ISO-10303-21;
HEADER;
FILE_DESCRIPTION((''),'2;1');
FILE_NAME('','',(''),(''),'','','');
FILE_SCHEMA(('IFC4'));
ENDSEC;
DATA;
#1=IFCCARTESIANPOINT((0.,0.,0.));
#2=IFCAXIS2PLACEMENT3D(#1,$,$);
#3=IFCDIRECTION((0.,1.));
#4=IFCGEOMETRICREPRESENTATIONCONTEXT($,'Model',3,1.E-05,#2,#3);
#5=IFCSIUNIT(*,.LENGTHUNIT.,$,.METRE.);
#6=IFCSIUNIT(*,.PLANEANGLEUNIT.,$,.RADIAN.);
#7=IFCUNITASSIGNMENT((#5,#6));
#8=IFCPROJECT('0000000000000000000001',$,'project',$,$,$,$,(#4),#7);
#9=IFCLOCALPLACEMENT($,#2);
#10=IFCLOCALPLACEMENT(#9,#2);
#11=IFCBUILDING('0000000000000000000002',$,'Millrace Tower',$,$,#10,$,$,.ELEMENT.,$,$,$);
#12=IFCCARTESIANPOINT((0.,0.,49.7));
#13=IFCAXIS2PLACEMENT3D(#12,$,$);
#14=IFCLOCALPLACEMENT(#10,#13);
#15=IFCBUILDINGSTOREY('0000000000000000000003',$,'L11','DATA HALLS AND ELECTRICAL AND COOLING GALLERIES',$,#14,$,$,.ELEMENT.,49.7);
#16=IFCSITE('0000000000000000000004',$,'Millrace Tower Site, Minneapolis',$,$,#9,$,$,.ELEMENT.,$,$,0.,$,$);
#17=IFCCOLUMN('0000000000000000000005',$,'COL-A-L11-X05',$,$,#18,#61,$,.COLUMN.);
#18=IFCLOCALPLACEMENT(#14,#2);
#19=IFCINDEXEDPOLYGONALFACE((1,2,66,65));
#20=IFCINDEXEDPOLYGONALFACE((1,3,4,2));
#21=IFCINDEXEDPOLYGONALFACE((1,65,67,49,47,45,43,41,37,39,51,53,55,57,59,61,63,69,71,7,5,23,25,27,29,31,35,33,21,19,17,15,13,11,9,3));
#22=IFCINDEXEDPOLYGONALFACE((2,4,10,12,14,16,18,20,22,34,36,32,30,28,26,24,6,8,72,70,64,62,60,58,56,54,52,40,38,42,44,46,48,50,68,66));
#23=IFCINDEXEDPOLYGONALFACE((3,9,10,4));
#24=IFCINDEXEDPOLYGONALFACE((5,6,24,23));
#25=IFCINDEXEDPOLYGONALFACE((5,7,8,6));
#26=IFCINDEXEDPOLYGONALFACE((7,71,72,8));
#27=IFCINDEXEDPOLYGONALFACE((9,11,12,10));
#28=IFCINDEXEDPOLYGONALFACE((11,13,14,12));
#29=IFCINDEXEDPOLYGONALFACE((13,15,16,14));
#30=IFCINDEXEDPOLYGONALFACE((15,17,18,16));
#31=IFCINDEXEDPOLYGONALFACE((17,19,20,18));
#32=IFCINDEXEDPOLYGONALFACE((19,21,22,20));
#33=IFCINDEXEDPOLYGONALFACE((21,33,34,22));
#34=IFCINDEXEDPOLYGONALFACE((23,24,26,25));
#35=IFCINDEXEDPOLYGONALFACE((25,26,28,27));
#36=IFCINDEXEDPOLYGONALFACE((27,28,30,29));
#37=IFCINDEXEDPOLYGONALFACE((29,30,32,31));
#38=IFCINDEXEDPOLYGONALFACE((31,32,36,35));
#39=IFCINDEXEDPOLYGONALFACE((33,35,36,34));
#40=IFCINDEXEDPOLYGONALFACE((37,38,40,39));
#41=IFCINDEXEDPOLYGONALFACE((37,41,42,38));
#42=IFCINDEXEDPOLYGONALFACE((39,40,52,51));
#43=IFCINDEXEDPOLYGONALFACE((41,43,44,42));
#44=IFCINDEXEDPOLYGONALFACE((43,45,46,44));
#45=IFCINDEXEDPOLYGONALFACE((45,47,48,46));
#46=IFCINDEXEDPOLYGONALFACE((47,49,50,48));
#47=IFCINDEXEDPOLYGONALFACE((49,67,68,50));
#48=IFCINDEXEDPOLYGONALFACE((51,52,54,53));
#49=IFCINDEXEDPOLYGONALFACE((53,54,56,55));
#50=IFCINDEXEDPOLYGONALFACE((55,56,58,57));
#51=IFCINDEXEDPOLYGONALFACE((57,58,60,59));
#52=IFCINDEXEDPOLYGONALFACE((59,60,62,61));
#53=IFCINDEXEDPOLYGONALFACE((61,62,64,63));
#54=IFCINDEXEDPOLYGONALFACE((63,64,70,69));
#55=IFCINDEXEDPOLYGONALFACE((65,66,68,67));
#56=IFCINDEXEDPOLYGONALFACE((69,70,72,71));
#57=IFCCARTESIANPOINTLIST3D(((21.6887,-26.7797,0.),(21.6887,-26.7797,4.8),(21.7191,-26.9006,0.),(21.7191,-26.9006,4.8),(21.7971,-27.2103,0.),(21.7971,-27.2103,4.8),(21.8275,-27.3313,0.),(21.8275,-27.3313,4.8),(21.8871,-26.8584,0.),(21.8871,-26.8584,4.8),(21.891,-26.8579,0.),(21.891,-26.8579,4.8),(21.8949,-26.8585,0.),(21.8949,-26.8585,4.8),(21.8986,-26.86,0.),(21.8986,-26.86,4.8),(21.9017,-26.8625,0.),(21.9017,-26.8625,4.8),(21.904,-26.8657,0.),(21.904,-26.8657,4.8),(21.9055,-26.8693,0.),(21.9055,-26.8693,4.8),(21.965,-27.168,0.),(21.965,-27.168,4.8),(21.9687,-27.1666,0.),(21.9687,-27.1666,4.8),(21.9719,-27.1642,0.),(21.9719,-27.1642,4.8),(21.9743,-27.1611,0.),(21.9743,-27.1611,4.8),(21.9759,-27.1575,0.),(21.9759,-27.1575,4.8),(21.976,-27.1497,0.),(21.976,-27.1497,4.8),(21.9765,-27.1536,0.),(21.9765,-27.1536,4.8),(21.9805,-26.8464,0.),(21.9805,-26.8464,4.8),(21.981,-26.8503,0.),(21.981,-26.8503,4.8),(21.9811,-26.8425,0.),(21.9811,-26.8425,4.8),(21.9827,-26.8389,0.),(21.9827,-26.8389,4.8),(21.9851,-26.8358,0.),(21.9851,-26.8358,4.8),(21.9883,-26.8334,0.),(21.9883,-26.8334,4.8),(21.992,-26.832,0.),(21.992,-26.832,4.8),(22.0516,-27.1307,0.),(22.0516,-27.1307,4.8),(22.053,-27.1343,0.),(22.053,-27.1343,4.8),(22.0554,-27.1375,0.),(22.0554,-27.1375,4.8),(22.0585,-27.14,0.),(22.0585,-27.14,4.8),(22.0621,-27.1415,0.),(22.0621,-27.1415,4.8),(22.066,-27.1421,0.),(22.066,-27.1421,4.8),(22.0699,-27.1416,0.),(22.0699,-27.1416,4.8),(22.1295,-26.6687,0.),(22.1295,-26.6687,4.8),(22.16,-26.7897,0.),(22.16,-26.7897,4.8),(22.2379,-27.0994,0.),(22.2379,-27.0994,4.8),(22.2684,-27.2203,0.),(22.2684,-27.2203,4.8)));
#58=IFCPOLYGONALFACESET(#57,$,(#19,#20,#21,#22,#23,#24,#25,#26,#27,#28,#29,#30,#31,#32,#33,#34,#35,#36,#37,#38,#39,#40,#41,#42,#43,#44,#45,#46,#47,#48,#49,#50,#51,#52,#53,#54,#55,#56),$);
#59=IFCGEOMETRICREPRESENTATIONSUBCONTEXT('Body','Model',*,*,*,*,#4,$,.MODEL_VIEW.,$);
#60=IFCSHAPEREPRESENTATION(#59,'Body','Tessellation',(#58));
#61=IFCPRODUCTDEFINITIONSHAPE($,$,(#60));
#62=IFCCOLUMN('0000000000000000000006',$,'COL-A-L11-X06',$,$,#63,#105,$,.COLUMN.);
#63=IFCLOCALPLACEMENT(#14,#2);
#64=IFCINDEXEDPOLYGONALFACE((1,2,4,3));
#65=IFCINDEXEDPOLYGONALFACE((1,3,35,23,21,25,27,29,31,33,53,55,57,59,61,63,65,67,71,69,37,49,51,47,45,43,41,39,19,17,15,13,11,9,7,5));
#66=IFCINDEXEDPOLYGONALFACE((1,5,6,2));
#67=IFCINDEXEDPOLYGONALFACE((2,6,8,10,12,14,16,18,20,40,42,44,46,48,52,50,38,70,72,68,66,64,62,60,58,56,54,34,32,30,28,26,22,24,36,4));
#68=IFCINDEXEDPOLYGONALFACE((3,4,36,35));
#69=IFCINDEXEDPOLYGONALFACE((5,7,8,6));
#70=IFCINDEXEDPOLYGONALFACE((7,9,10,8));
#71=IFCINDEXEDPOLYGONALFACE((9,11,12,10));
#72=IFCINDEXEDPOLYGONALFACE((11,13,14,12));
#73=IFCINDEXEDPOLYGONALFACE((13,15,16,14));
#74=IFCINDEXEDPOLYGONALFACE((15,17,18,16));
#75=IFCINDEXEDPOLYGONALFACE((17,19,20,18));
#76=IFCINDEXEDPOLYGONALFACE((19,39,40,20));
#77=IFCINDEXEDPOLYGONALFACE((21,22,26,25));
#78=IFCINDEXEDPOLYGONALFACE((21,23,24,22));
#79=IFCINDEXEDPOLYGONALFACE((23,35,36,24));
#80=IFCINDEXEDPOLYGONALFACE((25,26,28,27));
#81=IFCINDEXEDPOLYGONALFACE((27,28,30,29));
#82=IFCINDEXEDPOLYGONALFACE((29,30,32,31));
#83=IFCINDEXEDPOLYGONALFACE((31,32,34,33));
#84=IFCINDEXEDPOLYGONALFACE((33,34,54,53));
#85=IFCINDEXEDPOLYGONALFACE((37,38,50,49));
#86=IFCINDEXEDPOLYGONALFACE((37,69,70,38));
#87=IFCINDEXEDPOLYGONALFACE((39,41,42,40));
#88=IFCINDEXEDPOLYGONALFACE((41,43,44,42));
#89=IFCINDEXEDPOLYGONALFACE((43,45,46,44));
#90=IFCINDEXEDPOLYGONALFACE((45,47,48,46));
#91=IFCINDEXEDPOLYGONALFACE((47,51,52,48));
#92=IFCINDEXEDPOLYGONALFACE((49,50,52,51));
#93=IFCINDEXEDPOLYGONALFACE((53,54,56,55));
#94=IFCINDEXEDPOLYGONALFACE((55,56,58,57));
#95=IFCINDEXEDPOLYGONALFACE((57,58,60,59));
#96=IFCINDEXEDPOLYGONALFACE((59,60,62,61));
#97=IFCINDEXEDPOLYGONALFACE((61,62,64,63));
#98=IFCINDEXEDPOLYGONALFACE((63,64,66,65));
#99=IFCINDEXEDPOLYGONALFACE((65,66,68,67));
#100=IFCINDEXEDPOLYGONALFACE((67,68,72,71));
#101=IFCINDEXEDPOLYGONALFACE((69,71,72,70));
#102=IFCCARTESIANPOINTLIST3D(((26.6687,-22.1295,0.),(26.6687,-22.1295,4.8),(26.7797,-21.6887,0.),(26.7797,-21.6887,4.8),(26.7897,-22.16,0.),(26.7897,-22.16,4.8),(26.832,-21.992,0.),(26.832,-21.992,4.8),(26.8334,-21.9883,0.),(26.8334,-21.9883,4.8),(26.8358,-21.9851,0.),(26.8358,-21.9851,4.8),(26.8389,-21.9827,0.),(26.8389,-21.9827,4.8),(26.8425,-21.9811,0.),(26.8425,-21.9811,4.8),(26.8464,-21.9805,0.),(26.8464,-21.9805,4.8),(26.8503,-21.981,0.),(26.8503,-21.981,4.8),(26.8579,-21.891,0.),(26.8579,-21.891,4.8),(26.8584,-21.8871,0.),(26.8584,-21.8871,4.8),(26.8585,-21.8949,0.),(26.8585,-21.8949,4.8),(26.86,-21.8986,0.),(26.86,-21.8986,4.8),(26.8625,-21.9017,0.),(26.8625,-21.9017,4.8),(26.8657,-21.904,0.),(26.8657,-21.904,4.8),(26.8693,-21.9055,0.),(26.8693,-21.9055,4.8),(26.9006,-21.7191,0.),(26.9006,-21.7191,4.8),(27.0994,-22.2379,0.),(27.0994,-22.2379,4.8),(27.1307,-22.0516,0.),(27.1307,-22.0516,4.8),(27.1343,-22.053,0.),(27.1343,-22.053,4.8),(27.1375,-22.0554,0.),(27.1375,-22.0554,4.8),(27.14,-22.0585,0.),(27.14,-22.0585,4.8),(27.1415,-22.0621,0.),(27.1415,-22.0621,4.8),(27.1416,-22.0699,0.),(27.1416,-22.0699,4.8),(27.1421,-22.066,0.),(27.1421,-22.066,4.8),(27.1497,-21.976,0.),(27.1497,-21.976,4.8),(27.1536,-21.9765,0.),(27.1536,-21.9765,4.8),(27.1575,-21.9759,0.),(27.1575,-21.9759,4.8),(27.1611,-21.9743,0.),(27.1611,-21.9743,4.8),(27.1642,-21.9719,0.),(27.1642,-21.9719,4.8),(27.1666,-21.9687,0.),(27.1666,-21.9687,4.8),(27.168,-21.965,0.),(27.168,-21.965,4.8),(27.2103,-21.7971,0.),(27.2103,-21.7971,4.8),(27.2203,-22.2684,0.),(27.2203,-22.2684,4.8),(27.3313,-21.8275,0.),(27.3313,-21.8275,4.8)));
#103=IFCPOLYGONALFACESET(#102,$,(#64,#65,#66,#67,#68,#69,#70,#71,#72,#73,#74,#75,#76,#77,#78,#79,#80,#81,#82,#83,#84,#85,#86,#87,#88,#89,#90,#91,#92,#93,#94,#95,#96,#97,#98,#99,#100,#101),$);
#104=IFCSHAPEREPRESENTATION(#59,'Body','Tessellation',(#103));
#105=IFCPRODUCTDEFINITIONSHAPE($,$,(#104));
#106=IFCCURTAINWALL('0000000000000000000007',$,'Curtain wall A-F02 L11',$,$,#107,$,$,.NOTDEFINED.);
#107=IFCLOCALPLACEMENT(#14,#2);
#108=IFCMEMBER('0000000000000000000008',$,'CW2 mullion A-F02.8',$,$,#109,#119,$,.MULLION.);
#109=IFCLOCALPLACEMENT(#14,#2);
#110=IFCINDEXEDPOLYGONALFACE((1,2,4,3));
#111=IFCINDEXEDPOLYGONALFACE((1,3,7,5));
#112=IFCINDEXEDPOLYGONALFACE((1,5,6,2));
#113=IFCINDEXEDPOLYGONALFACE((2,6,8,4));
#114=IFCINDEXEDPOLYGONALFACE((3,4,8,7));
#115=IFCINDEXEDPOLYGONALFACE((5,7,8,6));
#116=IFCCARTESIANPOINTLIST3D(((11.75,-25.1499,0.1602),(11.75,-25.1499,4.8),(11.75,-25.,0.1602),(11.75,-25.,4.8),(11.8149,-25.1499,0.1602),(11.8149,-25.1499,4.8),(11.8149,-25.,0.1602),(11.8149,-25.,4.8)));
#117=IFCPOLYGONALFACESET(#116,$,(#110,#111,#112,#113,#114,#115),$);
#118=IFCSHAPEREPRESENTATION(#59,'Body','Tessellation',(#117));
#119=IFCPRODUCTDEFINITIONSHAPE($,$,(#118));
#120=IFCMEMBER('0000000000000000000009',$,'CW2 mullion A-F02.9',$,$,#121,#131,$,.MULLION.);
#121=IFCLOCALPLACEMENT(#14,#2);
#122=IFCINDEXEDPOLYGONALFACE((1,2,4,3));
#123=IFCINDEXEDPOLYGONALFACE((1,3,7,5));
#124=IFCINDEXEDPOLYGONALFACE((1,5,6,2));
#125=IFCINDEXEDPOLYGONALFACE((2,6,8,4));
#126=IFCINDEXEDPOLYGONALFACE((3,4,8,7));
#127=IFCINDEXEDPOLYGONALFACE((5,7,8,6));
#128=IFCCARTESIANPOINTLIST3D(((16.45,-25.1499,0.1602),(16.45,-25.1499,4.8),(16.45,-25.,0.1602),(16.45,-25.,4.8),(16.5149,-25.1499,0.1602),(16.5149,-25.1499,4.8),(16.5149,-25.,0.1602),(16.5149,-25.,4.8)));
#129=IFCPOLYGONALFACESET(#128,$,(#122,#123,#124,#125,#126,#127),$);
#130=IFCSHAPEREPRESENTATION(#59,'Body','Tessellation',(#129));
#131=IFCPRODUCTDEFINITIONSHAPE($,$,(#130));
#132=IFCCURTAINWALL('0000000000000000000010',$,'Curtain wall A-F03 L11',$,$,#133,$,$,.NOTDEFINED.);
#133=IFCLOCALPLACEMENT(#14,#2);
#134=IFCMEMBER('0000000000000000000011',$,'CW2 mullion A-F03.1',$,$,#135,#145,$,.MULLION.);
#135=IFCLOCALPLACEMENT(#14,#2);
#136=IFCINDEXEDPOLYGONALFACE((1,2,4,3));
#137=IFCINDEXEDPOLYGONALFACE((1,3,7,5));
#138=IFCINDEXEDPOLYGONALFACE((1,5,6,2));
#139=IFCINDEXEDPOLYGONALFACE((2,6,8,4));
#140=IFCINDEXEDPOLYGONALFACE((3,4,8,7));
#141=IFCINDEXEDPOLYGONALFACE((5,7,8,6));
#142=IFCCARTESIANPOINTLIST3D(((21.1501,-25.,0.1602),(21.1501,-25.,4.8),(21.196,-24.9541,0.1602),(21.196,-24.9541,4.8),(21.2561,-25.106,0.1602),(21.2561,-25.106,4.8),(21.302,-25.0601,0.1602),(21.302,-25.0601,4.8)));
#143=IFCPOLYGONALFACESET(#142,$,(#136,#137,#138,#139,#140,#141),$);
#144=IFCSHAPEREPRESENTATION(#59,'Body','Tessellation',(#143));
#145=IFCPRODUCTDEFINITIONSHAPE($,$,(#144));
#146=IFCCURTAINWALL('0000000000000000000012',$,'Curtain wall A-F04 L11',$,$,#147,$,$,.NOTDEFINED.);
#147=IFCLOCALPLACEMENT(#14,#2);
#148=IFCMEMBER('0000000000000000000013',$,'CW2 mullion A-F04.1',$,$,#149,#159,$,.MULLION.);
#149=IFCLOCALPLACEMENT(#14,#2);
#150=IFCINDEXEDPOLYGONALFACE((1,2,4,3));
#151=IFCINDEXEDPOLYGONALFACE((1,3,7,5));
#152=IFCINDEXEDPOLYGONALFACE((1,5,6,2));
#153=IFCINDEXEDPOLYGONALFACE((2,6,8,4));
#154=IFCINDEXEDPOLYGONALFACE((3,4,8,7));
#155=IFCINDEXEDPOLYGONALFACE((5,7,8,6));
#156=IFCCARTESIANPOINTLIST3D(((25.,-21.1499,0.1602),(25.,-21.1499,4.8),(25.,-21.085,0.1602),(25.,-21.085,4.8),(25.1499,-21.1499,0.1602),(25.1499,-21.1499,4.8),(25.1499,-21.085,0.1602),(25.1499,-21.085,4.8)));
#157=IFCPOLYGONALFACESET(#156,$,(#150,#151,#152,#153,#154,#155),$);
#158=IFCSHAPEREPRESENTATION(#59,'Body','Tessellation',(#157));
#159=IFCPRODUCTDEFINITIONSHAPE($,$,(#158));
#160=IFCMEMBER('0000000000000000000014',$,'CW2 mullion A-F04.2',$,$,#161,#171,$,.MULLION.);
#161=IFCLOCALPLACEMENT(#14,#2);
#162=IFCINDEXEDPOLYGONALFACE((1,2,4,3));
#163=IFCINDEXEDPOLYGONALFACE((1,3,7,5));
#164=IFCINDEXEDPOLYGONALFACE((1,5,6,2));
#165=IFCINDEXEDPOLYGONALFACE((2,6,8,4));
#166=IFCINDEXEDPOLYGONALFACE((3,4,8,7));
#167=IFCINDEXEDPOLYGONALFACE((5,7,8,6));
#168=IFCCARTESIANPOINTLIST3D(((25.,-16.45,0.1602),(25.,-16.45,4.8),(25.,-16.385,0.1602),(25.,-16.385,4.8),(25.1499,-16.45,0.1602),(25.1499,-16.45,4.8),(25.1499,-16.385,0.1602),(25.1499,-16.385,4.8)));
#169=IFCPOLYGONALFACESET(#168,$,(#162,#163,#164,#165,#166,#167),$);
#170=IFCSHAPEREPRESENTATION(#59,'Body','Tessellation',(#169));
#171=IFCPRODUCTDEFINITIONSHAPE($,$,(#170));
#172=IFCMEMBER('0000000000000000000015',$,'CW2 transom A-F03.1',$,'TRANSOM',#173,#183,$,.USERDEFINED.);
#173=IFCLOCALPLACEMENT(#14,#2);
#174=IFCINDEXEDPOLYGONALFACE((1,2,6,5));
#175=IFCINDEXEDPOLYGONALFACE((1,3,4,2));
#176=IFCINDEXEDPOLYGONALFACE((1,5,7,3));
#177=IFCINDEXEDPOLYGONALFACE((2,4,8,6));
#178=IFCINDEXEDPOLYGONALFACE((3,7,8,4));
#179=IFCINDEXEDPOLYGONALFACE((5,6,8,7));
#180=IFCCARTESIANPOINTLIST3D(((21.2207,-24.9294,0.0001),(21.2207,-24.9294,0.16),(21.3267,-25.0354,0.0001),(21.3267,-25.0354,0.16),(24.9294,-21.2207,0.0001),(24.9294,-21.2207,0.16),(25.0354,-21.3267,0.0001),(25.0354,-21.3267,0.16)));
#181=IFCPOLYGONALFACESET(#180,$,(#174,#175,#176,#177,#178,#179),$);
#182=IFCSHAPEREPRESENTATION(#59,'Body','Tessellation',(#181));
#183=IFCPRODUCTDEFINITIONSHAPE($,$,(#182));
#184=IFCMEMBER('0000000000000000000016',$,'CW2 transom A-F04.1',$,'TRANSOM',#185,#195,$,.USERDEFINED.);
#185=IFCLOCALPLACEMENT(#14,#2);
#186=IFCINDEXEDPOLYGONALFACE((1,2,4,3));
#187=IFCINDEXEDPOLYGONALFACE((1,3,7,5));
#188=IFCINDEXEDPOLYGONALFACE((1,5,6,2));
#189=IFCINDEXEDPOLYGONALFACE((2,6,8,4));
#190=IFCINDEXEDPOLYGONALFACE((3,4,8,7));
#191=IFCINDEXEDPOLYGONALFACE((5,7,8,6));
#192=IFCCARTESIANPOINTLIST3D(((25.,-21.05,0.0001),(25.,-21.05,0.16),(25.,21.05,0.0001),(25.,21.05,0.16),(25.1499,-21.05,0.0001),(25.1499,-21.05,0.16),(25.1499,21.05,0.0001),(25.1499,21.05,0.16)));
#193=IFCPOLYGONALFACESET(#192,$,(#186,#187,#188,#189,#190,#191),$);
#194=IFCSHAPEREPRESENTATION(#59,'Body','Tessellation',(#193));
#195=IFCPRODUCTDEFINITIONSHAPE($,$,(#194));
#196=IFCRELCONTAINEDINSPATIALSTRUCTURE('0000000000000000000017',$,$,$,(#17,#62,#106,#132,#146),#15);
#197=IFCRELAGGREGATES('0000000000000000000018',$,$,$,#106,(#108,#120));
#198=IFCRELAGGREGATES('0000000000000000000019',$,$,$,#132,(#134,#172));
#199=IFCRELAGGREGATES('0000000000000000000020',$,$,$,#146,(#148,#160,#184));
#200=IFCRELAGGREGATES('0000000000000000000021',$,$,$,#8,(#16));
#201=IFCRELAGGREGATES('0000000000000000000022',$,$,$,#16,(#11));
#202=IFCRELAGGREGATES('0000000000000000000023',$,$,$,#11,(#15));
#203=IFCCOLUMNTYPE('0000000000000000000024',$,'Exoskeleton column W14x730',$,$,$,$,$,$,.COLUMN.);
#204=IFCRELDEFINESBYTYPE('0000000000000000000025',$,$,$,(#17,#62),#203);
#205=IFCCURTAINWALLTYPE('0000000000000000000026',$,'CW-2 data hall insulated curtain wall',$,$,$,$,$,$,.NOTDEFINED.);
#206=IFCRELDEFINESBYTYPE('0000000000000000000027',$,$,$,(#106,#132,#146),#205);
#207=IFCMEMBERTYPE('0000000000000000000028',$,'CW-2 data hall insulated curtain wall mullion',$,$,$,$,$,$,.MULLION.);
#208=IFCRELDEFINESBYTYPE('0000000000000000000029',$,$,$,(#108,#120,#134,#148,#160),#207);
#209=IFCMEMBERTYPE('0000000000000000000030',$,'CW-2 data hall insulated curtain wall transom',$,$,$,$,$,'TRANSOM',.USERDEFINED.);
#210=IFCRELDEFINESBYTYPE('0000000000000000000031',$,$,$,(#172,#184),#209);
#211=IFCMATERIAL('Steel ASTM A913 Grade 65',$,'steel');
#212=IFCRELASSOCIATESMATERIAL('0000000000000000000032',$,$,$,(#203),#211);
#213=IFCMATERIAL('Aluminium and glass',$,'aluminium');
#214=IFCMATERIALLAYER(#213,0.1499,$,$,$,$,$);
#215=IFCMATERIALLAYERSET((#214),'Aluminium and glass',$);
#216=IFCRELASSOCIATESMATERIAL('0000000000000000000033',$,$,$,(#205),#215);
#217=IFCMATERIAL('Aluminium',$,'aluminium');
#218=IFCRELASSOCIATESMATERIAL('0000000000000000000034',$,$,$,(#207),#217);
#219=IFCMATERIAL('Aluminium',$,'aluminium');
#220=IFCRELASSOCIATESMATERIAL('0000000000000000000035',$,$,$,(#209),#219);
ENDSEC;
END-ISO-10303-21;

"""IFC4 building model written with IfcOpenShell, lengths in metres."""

from ifc_helpers import new_model, si_unit, direction, frame, origin, origin_2d, place, context, subcontext, project, spatial, rectangle, i_section, extrude, material, layer, layer_set, material_profile, profile_set, type_object, element, aggregate, save


model = new_model("IFC4")

# Units and contexts
model_context = context("Model", 3, precision=1e-05, world=origin(), true_north=direction((0.0, 1.0)))
body_context = subcontext(model_context, "Body", "Model", "MODEL_VIEW")
ifc_project = project(units=[si_unit("LENGTHUNIT", "METRE"), si_unit("PLANEANGLEUNIT", "RADIAN")], contexts=[model_context])

# Site, building, storey
site_placement = place(None, origin())
site = spatial("IfcSite", under=ifc_project, at=site_placement, Name="Millrace Tower Site, Minneapolis", CompositionType="ELEMENT", RefElevation=0.0)
building_placement = place(site_placement, origin())
building = spatial("IfcBuilding", under=site, at=building_placement, Name="Millrace Tower", CompositionType="ELEMENT")
storey_placement = place(building_placement, frame((0.0, 0.0, 49.7)))
storey = spatial("IfcBuildingStorey", under=building, at=storey_placement, Name="L11", Description="DATA HALLS AND ELECTRICAL AND COOLING GALLERIES", CompositionType="ELEMENT", Elevation=49.7)

# Columns
ifc_material_1 = material(Name="Steel ASTM A913 Grade 65", Category="steel")
ifc_material_profile_1 = material_profile(ifc_material_1, i_section(OverallWidth=0.4546, OverallDepth=0.5688, WebThickness=0.0779, FlangeThickness=0.1248, FilletRadius=0.0151, at=origin_2d()))
ifc_profile_set_1 = profile_set([ifc_material_profile_1], Name="Steel ASTM A913 Grade 65")
column_type = type_object("IfcColumnType", Name="Exoskeleton column W14x730", PredefinedType="COLUMN", material=ifc_profile_set_1)
for number, where, z_axis, x_axis, name in (
    (1, (21.9785, -27.0, 0.0), (0.0, 0.0, 1.0), (0.969752, 0.244094, 0.0), "COL-A-L11-X05"),
    (2, (27.0, -21.9785, 0.0), (0.0, 0.0, 1.0), (0.244094, 0.969752, 0.0), "COL-A-L11-X06"),
):
    element("IfcColumn", number, at=place(storey_placement, frame(where, z_axis=z_axis, x_axis=x_axis)), inside=storey, type_object=column_type, Name=name, PredefinedType="COLUMN", context=body_context, shape_type="SweptSolid", body=[
        extrude(i_section(OverallWidth=0.4546, OverallDepth=0.5688, WebThickness=0.0779, FlangeThickness=0.1248, FilletRadius=0.0151, at=origin_2d()), origin(), (0.0, 0.0, 1.0), 4.8),
    ])

# Curtain wall, members
ifc_material_2 = material(Name="Aluminium and glass", Category="aluminium")
ifc_layer_1 = layer(ifc_material_2, 0.1499)
ifc_layer_set_1 = layer_set([ifc_layer_1], Name="Aluminium and glass")
curtain_wall_type = type_object("IfcCurtainWallType", Name="CW-2 data hall insulated curtain wall", PredefinedType="NOTDEFINED", material=ifc_layer_set_1)
placement = place(storey_placement, origin())
curtain_wall_1 = element("IfcCurtainWall", 3, at=placement, inside=storey, type_object=curtain_wall_type, Name="Curtain wall A-F02 L11", PredefinedType="NOTDEFINED")
ifc_material_3 = material(Name="Aluminium", Category="aluminium")
ifc_material_profile_2 = material_profile(ifc_material_3, rectangle(XDim=0.0649, YDim=0.1499, at=origin_2d()))
ifc_profile_set_2 = profile_set([ifc_material_profile_2], Name="Aluminium")
member_type_1 = type_object("IfcMemberType", Name="CW-2 data hall insulated curtain wall mullion", PredefinedType="MULLION", material=ifc_profile_set_2)
member_1_placement = place(storey_placement, frame((11.7825, -25.075, 0.1602), z_axis=(0.0, 0.0, 1.0), x_axis=(1.0, 0.0, 0.0)))
member_1 = element("IfcMember", 4, at=member_1_placement, type_object=member_type_1, Name="CW2 mullion A-F02.8", PredefinedType="MULLION", context=body_context, shape_type="SweptSolid", body=[
    extrude(rectangle(XDim=0.0649, YDim=0.1499, at=origin_2d()), origin(), (0.0, 0.0, 1.0), 4.6399),
])
member_2_placement = place(storey_placement, frame((16.4824, -25.075, 0.1602), z_axis=(0.0, 0.0, 1.0), x_axis=(1.0, 0.0, 0.0)))
member_2 = element("IfcMember", 5, at=member_2_placement, type_object=member_type_1, Name="CW2 mullion A-F02.9", PredefinedType="MULLION", context=body_context, shape_type="SweptSolid", body=[
    extrude(rectangle(XDim=0.0649, YDim=0.1499, at=origin_2d()), origin(), (0.0, 0.0, 1.0), 4.6399),
])
aggregate(curtain_wall_1, [member_1, member_2])

# Curtain wall, member
curtain_wall_2 = element("IfcCurtainWall", 6, at=placement, inside=storey, type_object=curtain_wall_type, Name="Curtain wall A-F03 L11", PredefinedType="NOTDEFINED")
member_3_placement = place(storey_placement, frame((21.2261, -25.03, 0.1602), z_axis=(0.0, 0.0, 1.0), x_axis=(0.707107, 0.707107, 0.0)))
member_3 = element("IfcMember", 7, at=member_3_placement, type_object=member_type_1, Name="CW2 mullion A-F03.1", PredefinedType="MULLION", context=body_context, shape_type="SweptSolid", body=[
    extrude(rectangle(XDim=0.0649, YDim=0.1499, at=origin_2d()), origin(), (0.0, 0.0, 1.0), 4.6399),
])

# Curtain wall, members
curtain_wall_3 = element("IfcCurtainWall", 8, at=placement, inside=storey, type_object=curtain_wall_type, Name="Curtain wall A-F04 L11", PredefinedType="NOTDEFINED")
member_4_placement = place(storey_placement, frame((25.075, -21.1174, 0.1602), z_axis=(0.0, 0.0, 1.0), x_axis=(0.0, 1.0, 0.0)))
member_4 = element("IfcMember", 9, at=member_4_placement, type_object=member_type_1, Name="CW2 mullion A-F04.1", PredefinedType="MULLION", context=body_context, shape_type="SweptSolid", body=[
    extrude(rectangle(XDim=0.0649, YDim=0.1499, at=origin_2d()), origin(), (0.0, 0.0, 1.0), 4.6399),
])
member_5_placement = place(storey_placement, frame((25.075, -16.4175, 0.1602), z_axis=(0.0, 0.0, 1.0), x_axis=(0.0, 1.0, 0.0)))
member_5 = element("IfcMember", 10, at=member_5_placement, type_object=member_type_1, Name="CW2 mullion A-F04.2", PredefinedType="MULLION", context=body_context, shape_type="SweptSolid", body=[
    extrude(rectangle(XDim=0.0649, YDim=0.1499, at=origin_2d()), origin(), (0.0, 0.0, 1.0), 4.6399),
])

# Members
ifc_material_4 = material(Name="Aluminium", Category="aluminium")
ifc_material_profile_3 = material_profile(ifc_material_4, rectangle(XDim=0.1499, YDim=0.1599, at=origin_2d()))
ifc_profile_set_3 = profile_set([ifc_material_profile_3], Name="Aluminium")
member_type_2 = type_object("IfcMemberType", Name="CW-2 data hall insulated curtain wall transom", ElementType="TRANSOM", PredefinedType="USERDEFINED", material=ifc_profile_set_3)
member_6_placement = place(storey_placement, frame((21.2737, -24.9824, 0.0801), z_axis=(0.707107, 0.707107, 0.0), x_axis=(-0.707107, 0.707107, 0.0)))
member_6 = element("IfcMember", 11, at=member_6_placement, type_object=member_type_2, Name="CW2 transom A-F03.1", ObjectType="TRANSOM", PredefinedType="USERDEFINED", context=body_context, shape_type="SweptSolid", body=[
    extrude(rectangle(XDim=0.1499, YDim=0.1599, at=origin_2d()), origin(), (0.0, 0.0, 1.0), 5.2449),
])
aggregate(curtain_wall_2, [member_3, member_6])
member_7_placement = place(storey_placement, frame((25.075, -21.05, 0.0801), z_axis=(0.0, 1.0, 0.0), x_axis=(-1.0, 0.0, 0.0)))
member_7 = element("IfcMember", 12, at=member_7_placement, type_object=member_type_2, Name="CW2 transom A-F04.1", ObjectType="TRANSOM", PredefinedType="USERDEFINED", context=body_context, shape_type="SweptSolid", body=[
    extrude(rectangle(XDim=0.1499, YDim=0.1599, at=origin_2d()), origin(), (0.0, 0.0, 1.0), 42.1001),
])
aggregate(curtain_wall_3, [member_4, member_5, member_7])

save(model, "model.ifc")
